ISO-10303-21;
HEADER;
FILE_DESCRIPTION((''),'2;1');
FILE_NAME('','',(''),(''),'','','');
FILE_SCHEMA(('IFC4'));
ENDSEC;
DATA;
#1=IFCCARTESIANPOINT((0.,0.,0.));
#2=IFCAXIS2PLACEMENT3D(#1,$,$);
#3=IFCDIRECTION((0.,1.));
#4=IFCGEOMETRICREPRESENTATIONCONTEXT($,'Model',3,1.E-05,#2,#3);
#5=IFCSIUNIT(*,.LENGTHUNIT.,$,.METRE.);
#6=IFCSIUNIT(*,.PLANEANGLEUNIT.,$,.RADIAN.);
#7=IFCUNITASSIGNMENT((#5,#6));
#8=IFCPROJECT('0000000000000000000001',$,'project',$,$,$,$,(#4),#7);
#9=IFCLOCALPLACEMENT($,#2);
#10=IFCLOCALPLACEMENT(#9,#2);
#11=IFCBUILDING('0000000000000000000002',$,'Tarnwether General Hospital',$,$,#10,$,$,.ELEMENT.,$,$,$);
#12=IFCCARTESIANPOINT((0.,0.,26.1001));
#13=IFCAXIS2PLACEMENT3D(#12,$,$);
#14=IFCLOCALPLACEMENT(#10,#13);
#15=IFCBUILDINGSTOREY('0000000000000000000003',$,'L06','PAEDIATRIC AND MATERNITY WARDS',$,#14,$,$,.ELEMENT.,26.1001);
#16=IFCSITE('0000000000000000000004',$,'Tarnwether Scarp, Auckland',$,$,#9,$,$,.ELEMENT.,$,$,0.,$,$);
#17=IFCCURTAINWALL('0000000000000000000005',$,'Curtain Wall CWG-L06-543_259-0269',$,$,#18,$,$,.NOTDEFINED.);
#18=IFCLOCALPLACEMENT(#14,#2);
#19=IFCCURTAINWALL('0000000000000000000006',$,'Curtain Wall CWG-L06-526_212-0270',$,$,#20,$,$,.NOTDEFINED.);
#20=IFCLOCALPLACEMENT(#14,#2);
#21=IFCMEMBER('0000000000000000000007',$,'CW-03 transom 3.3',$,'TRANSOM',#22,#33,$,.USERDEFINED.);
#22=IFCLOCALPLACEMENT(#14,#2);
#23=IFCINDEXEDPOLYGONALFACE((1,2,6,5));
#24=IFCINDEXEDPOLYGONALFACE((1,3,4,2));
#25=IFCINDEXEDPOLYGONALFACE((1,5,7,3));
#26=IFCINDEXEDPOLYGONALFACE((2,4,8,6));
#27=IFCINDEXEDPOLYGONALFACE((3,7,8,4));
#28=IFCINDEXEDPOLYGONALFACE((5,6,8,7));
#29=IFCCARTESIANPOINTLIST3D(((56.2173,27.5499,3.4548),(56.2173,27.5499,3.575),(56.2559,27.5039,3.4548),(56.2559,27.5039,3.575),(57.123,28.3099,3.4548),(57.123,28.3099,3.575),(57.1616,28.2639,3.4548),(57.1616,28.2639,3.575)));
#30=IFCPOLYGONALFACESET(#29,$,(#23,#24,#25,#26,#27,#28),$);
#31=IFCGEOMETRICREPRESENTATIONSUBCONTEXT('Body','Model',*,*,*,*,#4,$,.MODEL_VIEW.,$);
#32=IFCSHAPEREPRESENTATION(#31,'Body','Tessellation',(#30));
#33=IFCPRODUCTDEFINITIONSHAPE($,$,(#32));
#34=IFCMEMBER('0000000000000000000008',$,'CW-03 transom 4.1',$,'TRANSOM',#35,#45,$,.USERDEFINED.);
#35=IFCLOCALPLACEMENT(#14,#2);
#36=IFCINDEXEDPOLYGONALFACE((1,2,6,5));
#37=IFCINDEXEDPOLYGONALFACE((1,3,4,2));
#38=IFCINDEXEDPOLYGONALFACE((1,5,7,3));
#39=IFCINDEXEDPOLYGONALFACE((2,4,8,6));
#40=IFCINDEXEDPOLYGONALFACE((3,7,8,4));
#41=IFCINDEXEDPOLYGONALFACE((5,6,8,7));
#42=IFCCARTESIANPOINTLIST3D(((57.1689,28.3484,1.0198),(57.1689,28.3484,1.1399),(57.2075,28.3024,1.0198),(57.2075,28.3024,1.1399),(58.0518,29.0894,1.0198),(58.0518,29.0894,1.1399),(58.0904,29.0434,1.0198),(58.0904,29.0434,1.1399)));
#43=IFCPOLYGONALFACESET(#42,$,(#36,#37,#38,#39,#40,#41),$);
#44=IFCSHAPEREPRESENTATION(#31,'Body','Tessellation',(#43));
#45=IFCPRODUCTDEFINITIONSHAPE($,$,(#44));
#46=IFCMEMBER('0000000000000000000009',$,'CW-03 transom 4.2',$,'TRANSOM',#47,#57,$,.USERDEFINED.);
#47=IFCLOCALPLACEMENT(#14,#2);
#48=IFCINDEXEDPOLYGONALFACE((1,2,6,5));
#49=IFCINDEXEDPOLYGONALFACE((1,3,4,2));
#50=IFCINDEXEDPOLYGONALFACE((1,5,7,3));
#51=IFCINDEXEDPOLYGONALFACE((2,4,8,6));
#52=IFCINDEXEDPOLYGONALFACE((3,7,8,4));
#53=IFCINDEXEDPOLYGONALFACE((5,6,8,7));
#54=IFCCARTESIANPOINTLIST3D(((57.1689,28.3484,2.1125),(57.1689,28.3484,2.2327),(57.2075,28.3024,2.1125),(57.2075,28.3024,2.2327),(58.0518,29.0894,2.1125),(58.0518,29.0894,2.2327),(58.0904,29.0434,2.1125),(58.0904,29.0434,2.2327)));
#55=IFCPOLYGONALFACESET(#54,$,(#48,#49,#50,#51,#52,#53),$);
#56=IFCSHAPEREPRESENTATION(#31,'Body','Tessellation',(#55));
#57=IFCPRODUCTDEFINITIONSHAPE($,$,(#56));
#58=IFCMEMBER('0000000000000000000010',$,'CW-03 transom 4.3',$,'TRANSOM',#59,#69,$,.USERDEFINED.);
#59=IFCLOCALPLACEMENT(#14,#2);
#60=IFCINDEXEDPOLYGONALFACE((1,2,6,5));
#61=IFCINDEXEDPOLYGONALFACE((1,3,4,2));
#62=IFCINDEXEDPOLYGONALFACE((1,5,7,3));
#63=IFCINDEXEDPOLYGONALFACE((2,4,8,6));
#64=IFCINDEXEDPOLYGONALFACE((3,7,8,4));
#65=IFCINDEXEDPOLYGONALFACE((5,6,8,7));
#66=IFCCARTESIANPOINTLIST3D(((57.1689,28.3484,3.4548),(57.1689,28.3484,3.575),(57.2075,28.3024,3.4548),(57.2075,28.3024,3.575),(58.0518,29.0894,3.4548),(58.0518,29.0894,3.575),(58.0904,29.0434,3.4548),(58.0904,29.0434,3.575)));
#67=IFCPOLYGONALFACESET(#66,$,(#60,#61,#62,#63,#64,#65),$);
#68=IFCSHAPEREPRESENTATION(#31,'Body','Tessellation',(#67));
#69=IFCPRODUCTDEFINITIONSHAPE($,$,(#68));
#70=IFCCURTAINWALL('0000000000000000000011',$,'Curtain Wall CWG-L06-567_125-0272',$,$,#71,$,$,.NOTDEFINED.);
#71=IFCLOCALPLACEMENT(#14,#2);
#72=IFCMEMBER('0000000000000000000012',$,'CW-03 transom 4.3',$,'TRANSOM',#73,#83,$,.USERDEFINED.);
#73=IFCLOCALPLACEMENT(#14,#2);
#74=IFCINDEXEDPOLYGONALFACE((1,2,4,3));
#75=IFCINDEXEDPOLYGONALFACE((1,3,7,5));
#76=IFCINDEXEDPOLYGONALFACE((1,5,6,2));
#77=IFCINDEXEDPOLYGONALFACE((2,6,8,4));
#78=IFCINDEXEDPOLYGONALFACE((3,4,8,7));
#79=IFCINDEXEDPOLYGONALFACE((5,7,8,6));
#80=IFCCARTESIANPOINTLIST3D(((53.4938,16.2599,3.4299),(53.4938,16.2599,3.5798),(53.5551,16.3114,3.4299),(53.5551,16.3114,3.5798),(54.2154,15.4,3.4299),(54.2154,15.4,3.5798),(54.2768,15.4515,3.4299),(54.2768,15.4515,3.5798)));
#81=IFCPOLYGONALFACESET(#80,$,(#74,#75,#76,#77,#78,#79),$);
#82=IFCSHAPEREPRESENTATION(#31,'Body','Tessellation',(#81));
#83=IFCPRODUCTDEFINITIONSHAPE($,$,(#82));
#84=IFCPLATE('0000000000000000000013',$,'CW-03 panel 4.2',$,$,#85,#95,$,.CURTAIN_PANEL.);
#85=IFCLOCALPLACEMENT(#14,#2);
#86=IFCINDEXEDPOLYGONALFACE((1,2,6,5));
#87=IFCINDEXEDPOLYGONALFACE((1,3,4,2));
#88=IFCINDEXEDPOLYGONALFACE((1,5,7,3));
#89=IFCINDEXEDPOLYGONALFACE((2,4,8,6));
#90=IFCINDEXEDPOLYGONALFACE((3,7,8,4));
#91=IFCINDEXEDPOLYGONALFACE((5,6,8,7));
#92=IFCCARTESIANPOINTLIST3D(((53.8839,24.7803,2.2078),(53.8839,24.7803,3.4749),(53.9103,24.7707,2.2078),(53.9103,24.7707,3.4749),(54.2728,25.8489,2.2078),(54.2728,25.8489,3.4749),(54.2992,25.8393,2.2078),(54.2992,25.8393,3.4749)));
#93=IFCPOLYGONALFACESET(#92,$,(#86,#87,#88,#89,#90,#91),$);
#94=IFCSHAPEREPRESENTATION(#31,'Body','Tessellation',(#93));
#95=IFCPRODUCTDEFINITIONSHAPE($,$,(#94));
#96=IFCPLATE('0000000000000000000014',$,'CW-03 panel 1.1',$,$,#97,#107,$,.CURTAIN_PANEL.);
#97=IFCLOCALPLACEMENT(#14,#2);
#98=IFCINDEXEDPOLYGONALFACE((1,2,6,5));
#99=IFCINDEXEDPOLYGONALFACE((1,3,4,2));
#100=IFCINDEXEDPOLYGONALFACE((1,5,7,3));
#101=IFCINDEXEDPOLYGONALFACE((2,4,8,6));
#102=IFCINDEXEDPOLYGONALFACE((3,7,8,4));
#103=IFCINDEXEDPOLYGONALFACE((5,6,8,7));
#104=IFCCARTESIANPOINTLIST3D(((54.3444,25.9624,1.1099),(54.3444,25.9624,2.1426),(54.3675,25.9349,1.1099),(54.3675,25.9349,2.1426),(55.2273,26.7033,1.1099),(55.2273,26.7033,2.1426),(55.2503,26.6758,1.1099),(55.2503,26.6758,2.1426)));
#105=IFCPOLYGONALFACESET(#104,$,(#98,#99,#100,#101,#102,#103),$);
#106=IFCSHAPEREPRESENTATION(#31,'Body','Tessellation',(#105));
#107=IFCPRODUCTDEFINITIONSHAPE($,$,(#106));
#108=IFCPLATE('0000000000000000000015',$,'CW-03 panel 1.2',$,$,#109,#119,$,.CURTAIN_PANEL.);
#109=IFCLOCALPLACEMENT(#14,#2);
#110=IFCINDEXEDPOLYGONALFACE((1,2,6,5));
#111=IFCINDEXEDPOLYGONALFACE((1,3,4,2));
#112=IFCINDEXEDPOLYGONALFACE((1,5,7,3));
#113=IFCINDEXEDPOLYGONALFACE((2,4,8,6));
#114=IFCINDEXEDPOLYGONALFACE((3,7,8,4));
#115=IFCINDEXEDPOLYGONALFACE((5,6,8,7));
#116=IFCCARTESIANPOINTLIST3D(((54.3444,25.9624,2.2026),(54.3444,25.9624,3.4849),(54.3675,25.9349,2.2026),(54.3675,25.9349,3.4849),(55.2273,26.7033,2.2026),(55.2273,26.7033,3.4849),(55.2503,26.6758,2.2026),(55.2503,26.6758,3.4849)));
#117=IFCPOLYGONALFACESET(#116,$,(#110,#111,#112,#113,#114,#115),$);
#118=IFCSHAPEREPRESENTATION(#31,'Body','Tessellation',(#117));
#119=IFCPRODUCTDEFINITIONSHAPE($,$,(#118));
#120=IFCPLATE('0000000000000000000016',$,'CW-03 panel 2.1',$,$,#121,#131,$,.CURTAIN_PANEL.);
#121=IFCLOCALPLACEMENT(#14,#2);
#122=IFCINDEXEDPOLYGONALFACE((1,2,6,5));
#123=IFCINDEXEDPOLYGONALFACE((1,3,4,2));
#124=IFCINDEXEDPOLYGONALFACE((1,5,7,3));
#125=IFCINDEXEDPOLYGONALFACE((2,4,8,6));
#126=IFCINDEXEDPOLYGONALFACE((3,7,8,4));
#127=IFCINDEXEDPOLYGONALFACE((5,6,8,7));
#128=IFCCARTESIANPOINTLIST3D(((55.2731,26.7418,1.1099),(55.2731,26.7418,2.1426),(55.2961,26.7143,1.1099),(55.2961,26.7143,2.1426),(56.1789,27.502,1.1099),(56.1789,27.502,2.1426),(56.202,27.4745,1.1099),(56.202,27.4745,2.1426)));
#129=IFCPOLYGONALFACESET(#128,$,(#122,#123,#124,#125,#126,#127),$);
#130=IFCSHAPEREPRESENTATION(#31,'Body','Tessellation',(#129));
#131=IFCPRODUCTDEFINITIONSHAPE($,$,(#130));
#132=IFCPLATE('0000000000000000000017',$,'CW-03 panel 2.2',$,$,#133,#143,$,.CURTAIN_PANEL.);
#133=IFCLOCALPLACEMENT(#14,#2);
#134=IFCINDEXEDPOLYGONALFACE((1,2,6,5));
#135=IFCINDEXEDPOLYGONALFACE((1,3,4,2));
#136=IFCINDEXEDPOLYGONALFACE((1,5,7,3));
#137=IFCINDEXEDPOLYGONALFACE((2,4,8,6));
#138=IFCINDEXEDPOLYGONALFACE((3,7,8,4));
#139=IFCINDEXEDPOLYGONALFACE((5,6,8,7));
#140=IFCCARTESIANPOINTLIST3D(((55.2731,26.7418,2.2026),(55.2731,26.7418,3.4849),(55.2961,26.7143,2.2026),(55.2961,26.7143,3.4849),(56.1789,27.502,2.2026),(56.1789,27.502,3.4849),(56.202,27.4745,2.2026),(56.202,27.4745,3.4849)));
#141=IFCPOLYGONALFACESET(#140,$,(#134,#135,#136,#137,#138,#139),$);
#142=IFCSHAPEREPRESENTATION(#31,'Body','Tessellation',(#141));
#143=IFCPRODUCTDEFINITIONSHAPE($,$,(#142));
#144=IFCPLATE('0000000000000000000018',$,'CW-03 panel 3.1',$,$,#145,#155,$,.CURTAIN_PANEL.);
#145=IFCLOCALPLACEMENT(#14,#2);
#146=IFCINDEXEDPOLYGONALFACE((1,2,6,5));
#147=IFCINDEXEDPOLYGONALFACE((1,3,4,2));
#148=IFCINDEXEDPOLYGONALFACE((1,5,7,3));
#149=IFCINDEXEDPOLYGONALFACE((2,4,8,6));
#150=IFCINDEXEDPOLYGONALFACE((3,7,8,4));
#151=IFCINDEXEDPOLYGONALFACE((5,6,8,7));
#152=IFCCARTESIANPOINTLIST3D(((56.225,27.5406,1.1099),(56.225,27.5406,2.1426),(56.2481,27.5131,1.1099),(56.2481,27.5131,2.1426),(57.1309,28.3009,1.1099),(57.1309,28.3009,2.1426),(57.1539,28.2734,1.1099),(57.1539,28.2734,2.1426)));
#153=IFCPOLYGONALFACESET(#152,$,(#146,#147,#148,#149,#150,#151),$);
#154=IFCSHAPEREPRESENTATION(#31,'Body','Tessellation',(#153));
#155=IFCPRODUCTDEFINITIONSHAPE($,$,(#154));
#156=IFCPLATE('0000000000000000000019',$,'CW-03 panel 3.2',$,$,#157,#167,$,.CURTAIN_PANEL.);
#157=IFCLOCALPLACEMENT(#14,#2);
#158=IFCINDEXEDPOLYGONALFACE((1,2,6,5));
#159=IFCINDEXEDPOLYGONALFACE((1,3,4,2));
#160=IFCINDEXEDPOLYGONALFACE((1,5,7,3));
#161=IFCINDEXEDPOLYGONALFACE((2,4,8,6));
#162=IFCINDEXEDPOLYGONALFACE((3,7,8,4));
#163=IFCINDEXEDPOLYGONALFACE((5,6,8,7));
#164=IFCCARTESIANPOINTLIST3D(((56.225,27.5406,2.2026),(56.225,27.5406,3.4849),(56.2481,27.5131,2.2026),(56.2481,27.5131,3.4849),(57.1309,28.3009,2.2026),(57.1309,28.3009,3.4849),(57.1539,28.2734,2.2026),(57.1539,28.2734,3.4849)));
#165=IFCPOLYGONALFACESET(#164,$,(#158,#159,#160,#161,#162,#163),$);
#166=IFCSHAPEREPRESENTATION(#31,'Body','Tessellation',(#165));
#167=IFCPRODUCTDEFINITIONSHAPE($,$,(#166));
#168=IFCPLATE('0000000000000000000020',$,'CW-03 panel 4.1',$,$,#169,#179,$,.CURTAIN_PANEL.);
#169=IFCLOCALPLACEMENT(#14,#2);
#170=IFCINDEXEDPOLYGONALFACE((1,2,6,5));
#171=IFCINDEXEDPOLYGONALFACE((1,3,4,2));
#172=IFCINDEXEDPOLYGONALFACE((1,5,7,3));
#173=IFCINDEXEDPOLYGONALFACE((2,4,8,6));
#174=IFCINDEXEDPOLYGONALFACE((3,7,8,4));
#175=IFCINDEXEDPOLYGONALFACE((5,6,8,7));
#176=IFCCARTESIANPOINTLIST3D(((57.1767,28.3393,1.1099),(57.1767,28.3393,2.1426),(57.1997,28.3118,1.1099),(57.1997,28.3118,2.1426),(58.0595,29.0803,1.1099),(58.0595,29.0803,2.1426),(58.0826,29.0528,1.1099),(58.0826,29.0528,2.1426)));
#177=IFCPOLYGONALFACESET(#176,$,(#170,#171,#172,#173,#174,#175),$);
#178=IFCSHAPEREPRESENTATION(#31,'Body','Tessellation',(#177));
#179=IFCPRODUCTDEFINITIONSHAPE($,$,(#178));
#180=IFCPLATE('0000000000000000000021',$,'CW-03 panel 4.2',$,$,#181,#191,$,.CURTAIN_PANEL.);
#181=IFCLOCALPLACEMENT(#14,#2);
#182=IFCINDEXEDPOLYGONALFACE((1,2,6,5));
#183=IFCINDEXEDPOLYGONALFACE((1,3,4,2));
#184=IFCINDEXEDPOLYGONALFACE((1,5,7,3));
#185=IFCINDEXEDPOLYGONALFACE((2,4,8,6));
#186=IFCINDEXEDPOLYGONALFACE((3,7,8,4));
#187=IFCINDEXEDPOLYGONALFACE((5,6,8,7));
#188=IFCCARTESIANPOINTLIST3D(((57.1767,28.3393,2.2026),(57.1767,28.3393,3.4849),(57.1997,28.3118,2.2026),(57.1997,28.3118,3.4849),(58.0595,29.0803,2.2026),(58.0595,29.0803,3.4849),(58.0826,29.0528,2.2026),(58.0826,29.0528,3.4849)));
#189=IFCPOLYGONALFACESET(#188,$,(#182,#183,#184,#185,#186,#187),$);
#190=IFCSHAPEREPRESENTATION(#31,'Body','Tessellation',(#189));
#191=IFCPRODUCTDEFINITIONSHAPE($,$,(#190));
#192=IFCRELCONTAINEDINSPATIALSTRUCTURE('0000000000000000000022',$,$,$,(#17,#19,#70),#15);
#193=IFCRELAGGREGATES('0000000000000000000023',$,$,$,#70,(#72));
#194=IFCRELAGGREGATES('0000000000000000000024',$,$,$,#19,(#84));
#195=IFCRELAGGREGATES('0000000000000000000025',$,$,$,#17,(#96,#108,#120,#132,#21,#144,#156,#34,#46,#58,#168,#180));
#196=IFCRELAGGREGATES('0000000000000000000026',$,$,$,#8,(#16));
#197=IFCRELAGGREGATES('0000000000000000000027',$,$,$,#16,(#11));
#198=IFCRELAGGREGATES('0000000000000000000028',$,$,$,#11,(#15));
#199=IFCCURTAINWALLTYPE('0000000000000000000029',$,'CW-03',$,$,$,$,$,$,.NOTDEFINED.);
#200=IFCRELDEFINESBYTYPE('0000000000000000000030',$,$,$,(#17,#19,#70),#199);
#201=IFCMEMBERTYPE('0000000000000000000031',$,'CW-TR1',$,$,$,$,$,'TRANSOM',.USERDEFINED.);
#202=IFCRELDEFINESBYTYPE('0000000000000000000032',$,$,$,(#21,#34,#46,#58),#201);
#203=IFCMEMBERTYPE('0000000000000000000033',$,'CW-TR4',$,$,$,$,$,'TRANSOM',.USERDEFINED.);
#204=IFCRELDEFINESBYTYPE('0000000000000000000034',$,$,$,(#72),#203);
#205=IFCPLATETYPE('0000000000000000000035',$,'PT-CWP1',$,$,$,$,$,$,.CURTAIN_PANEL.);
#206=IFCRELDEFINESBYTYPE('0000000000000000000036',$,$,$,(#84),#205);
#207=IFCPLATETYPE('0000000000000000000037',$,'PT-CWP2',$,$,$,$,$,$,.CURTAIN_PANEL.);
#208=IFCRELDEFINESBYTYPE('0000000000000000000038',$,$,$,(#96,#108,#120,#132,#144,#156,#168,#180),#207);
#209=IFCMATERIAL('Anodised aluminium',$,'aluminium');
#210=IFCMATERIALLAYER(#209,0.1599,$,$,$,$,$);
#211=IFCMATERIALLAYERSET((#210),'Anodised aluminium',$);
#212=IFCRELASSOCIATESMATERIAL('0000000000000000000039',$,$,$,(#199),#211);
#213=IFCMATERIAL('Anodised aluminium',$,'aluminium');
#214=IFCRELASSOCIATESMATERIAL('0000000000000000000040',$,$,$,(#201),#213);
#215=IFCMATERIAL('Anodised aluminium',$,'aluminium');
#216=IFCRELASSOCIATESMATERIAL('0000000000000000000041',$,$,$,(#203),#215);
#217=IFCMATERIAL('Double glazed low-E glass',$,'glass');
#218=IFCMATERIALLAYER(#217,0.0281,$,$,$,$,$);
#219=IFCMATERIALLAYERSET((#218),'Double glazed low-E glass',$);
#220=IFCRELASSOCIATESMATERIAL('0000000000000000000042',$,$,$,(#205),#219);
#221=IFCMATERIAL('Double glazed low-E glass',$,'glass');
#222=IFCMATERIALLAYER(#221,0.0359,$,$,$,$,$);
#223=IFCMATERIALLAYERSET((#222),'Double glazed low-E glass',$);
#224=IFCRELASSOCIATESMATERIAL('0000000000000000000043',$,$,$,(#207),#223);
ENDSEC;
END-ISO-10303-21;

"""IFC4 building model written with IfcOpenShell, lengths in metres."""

from ifc_helpers import new_model, si_unit, direction, frame, origin, origin_2d, place, context, subcontext, project, spatial, rectangle, extrude, material, layer, layer_set, material_profile, profile_set, type_object, element, aggregate, save


model = new_model("IFC4")

# Units and contexts
model_context = context("Model", 3, precision=1e-05, world=origin(), true_north=direction((0.0, 1.0)))
body_context = subcontext(model_context, "Body", "Model", "MODEL_VIEW")
ifc_project = project(units=[si_unit("LENGTHUNIT", "METRE"), si_unit("PLANEANGLEUNIT", "RADIAN")], contexts=[model_context])

# Site, building, storey
site_placement = place(None, origin())
site = spatial("IfcSite", under=ifc_project, at=site_placement, Name="Tarnwether Scarp, Auckland", CompositionType="ELEMENT", RefElevation=0.0)
building_placement = place(site_placement, origin())
building = spatial("IfcBuilding", under=site, at=building_placement, Name="Tarnwether General Hospital", CompositionType="ELEMENT")
storey_placement = place(building_placement, frame((0.0, 0.0, 26.1001)))
storey = spatial("IfcBuildingStorey", under=building, at=storey_placement, Name="L06", Description="PAEDIATRIC AND MATERNITY WARDS", CompositionType="ELEMENT", Elevation=26.1001)

# Curtain wall
ifc_material_1 = material(Name="Anodised aluminium", Category="aluminium")
ifc_layer_1 = layer(ifc_material_1, 0.1599)
ifc_layer_set_1 = layer_set([ifc_layer_1], Name="Anodised aluminium")
curtain_wall_type = type_object("IfcCurtainWallType", Name="CW-03", PredefinedType="NOTDEFINED", material=ifc_layer_set_1)
curtain_wall_1_placement = place(storey_placement, origin())
curtain_wall_1 = element("IfcCurtainWall", 1, at=curtain_wall_1_placement, inside=storey, type_object=curtain_wall_type, Name="Curtain Wall CWG-L06-543_259-0269", PredefinedType="NOTDEFINED")

# Curtain wall
curtain_wall_2_placement = place(storey_placement, origin())
curtain_wall_2 = element("IfcCurtainWall", 2, at=curtain_wall_2_placement, inside=storey, type_object=curtain_wall_type, Name="Curtain Wall CWG-L06-526_212-0270", PredefinedType="NOTDEFINED")

# Members
ifc_material_2 = material(Name="Anodised aluminium", Category="aluminium")
ifc_material_profile_1 = material_profile(ifc_material_2, rectangle(XDim=0.0601, YDim=0.1201, at=origin_2d()), Name="ALU-TRN-60x120")
ifc_profile_set_1 = profile_set([ifc_material_profile_1], Name="Anodised aluminium")
member_type_1 = type_object("IfcMemberType", Name="CW-TR1", ElementType="TRANSOM", PredefinedType="USERDEFINED", material=ifc_profile_set_1)
member_1_placement = place(storey_placement, frame((56.2366, 27.5269, 3.5149), z_axis=(0.766051, 0.64278, 0.0), x_axis=(-0.64278, 0.766051, 0.0)))
member_1 = element("IfcMember", 3, at=member_1_placement, type_object=member_type_1, Name="CW-03 transom 3.3", ObjectType="TRANSOM", PredefinedType="USERDEFINED", context=body_context, shape_type="SweptSolid", body=[
    extrude(rectangle(XDim=0.0601, YDim=0.1201, at=origin_2d()), origin(), (0.0, 0.0, 1.0), 1.1824),
])
member_2_placement = place(storey_placement, frame((57.1882, 28.3254, 1.0798), z_axis=(0.765959, 0.642889, 0.0), x_axis=(-0.642889, 0.765959, 0.0)))
member_2 = element("IfcMember", 4, at=member_2_placement, type_object=member_type_1, Name="CW-03 transom 4.1", ObjectType="TRANSOM", PredefinedType="USERDEFINED", context=body_context, shape_type="SweptSolid", body=[
    extrude(rectangle(XDim=0.0601, YDim=0.1201, at=origin_2d()), origin(), (0.0, 0.0, 1.0), 1.1526),
])
member_3_placement = place(storey_placement, frame((57.1882, 28.3254, 2.1726), z_axis=(0.765959, 0.642889, 0.0), x_axis=(-0.642889, 0.765959, 0.0)))
member_3 = element("IfcMember", 5, at=member_3_placement, type_object=member_type_1, Name="CW-03 transom 4.2", ObjectType="TRANSOM", PredefinedType="USERDEFINED", context=body_context, shape_type="SweptSolid", body=[
    extrude(rectangle(XDim=0.0601, YDim=0.1201, at=origin_2d()), origin(), (0.0, 0.0, 1.0), 1.1526),
])
member_4_placement = place(storey_placement, frame((57.1882, 28.3254, 3.5149), z_axis=(0.765959, 0.642889, 0.0), x_axis=(-0.642889, 0.765959, 0.0)))
member_4 = element("IfcMember", 6, at=member_4_placement, type_object=member_type_1, Name="CW-03 transom 4.3", ObjectType="TRANSOM", PredefinedType="USERDEFINED", context=body_context, shape_type="SweptSolid", body=[
    extrude(rectangle(XDim=0.0601, YDim=0.1201, at=origin_2d()), origin(), (0.0, 0.0, 1.0), 1.1526),
])

# Curtain wall, member
curtain_wall_3_placement = place(storey_placement, origin())
curtain_wall_3 = element("IfcCurtainWall", 7, at=curtain_wall_3_placement, inside=storey, type_object=curtain_wall_type, Name="Curtain Wall CWG-L06-567_125-0272", PredefinedType="NOTDEFINED")
ifc_material_3 = material(Name="Anodised aluminium", Category="aluminium")
ifc_material_profile_2 = material_profile(ifc_material_3, rectangle(XDim=0.0801, YDim=0.1499, at=origin_2d()), Name="ALU-TRN-80x150")
ifc_profile_set_2 = profile_set([ifc_material_profile_2], Name="Anodised aluminium")
member_type_2 = type_object("IfcMemberType", Name="CW-TR4", ElementType="TRANSOM", PredefinedType="USERDEFINED", material=ifc_profile_set_2)
member_5_placement = place(storey_placement, frame((54.2461, 15.4258, 3.5049), z_axis=(-0.642876, 0.76597, 0.0), x_axis=(-0.76597, -0.642876, 0.0)))
member_5 = element("IfcMember", 8, at=member_5_placement, type_object=member_type_2, Name="CW-03 transom 4.3", ObjectType="TRANSOM", PredefinedType="USERDEFINED", context=body_context, shape_type="SweptSolid", body=[
    extrude(rectangle(XDim=0.0801, YDim=0.1499, at=origin_2d()), origin(), (0.0, 0.0, 1.0), 1.1226),
])
aggregate(curtain_wall_3, [member_5])

# Plates
ifc_material_4 = material(Name="Double glazed low-E glass", Category="glass")
ifc_layer_2 = layer(ifc_material_4, 0.0281)
ifc_layer_set_2 = layer_set([ifc_layer_2], Name="Double glazed low-E glass")
plate_type_1 = type_object("IfcPlateType", Name="PT-CWP1", PredefinedType="CURTAIN_PANEL", material=ifc_layer_set_2)
plate_1_placement = place(storey_placement, frame((54.0916, 25.3098, 2.2078), z_axis=(0.0, 0.0, 1.0), x_axis=(0.341953, 0.939717, 0.0)))
plate_1 = element("IfcPlate", 9, at=plate_1_placement, type_object=plate_type_1, Name="CW-03 panel 4.2", PredefinedType="CURTAIN_PANEL", context=body_context, shape_type="SweptSolid", body=[
    extrude(rectangle(XDim=1.1372, YDim=0.0281, at=origin_2d()), origin(), (0.0, 0.0, 1.0), 1.2671),
])
aggregate(curtain_wall_2, [plate_1])
ifc_material_5 = material(Name="Double glazed low-E glass", Category="glass")
ifc_layer_3 = layer(ifc_material_5, 0.0359)
ifc_layer_set_3 = layer_set([ifc_layer_3], Name="Double glazed low-E glass")
plate_type_2 = type_object("IfcPlateType", Name="PT-CWP2", PredefinedType="CURTAIN_PANEL", material=ifc_layer_set_3)
plate_2_placement = place(storey_placement, frame((54.7974, 26.3191, 1.1099), z_axis=(0.0, 0.0, 1.0), x_axis=(0.76599, 0.642852, 0.0)))
plate_2 = element("IfcPlate", 10, at=plate_2_placement, type_object=plate_type_2, Name="CW-03 panel 1.1", PredefinedType="CURTAIN_PANEL", context=body_context, shape_type="SweptSolid", body=[
    extrude(rectangle(XDim=1.1526, YDim=0.0359, at=origin_2d()), origin(), (0.0, 0.0, 1.0), 1.0327),
])
plate_3_placement = place(storey_placement, frame((54.7974, 26.3191, 2.2026), z_axis=(0.0, 0.0, 1.0), x_axis=(0.76599, 0.642852, 0.0)))
plate_3 = element("IfcPlate", 11, at=plate_3_placement, type_object=plate_type_2, Name="CW-03 panel 1.2", PredefinedType="CURTAIN_PANEL", context=body_context, shape_type="SweptSolid", body=[
    extrude(rectangle(XDim=1.1526, YDim=0.0359, at=origin_2d()), origin(), (0.0, 0.0, 1.0), 1.2822),
])
plate_4_placement = place(storey_placement, frame((55.7375, 27.1082, 1.1099), z_axis=(0.0, 0.0, 1.0), x_axis=(0.76599, 0.642852, 0.0)))
plate_4 = element("IfcPlate", 12, at=plate_4_placement, type_object=plate_type_2, Name="CW-03 panel 2.1", PredefinedType="CURTAIN_PANEL", context=body_context, shape_type="SweptSolid", body=[
    extrude(rectangle(XDim=1.1826, YDim=0.0359, at=origin_2d()), origin(), (0.0, 0.0, 1.0), 1.0327),
])
plate_5_placement = place(storey_placement, frame((55.7375, 27.1082, 2.2026), z_axis=(0.0, 0.0, 1.0), x_axis=(0.76599, 0.642852, 0.0)))
plate_5 = element("IfcPlate", 13, at=plate_5_placement, type_object=plate_type_2, Name="CW-03 panel 2.2", PredefinedType="CURTAIN_PANEL", context=body_context, shape_type="SweptSolid", body=[
    extrude(rectangle(XDim=1.1826, YDim=0.0359, at=origin_2d()), origin(), (0.0, 0.0, 1.0), 1.2822),
])
plate_6_placement = place(storey_placement, frame((56.6895, 27.907, 1.1099), z_axis=(0.0, 0.0, 1.0), x_axis=(0.76599, 0.642852, 0.0)))
plate_6 = element("IfcPlate", 14, at=plate_6_placement, type_object=plate_type_2, Name="CW-03 panel 3.1", PredefinedType="CURTAIN_PANEL", context=body_context, shape_type="SweptSolid", body=[
    extrude(rectangle(XDim=1.1826, YDim=0.0359, at=origin_2d()), origin(), (0.0, 0.0, 1.0), 1.0327),
])
plate_7_placement = place(storey_placement, frame((56.6895, 27.907, 2.2026), z_axis=(0.0, 0.0, 1.0), x_axis=(0.76599, 0.642852, 0.0)))
plate_7 = element("IfcPlate", 15, at=plate_7_placement, type_object=plate_type_2, Name="CW-03 panel 3.2", PredefinedType="CURTAIN_PANEL", context=body_context, shape_type="SweptSolid", body=[
    extrude(rectangle(XDim=1.1826, YDim=0.0359, at=origin_2d()), origin(), (0.0, 0.0, 1.0), 1.2822),
])
plate_8_placement = place(storey_placement, frame((57.6296, 28.696, 1.1099), z_axis=(0.0, 0.0, 1.0), x_axis=(0.76599, 0.642852, 0.0)))
plate_8 = element("IfcPlate", 16, at=plate_8_placement, type_object=plate_type_2, Name="CW-03 panel 4.1", PredefinedType="CURTAIN_PANEL", context=body_context, shape_type="SweptSolid", body=[
    extrude(rectangle(XDim=1.1526, YDim=0.0359, at=origin_2d()), origin(), (0.0, 0.0, 1.0), 1.0327),
])
plate_9_placement = place(storey_placement, frame((57.6296, 28.696, 2.2026), z_axis=(0.0, 0.0, 1.0), x_axis=(0.76599, 0.642852, 0.0)))
plate_9 = element("IfcPlate", 17, at=plate_9_placement, type_object=plate_type_2, Name="CW-03 panel 4.2", PredefinedType="CURTAIN_PANEL", context=body_context, shape_type="SweptSolid", body=[
    extrude(rectangle(XDim=1.1526, YDim=0.0359, at=origin_2d()), origin(), (0.0, 0.0, 1.0), 1.2822),
])
aggregate(curtain_wall_1, [plate_2, plate_3, plate_4, plate_5, member_1, plate_6, plate_7, member_2, member_3, member_4, plate_8, plate_9])

save(model, "model.ifc")
